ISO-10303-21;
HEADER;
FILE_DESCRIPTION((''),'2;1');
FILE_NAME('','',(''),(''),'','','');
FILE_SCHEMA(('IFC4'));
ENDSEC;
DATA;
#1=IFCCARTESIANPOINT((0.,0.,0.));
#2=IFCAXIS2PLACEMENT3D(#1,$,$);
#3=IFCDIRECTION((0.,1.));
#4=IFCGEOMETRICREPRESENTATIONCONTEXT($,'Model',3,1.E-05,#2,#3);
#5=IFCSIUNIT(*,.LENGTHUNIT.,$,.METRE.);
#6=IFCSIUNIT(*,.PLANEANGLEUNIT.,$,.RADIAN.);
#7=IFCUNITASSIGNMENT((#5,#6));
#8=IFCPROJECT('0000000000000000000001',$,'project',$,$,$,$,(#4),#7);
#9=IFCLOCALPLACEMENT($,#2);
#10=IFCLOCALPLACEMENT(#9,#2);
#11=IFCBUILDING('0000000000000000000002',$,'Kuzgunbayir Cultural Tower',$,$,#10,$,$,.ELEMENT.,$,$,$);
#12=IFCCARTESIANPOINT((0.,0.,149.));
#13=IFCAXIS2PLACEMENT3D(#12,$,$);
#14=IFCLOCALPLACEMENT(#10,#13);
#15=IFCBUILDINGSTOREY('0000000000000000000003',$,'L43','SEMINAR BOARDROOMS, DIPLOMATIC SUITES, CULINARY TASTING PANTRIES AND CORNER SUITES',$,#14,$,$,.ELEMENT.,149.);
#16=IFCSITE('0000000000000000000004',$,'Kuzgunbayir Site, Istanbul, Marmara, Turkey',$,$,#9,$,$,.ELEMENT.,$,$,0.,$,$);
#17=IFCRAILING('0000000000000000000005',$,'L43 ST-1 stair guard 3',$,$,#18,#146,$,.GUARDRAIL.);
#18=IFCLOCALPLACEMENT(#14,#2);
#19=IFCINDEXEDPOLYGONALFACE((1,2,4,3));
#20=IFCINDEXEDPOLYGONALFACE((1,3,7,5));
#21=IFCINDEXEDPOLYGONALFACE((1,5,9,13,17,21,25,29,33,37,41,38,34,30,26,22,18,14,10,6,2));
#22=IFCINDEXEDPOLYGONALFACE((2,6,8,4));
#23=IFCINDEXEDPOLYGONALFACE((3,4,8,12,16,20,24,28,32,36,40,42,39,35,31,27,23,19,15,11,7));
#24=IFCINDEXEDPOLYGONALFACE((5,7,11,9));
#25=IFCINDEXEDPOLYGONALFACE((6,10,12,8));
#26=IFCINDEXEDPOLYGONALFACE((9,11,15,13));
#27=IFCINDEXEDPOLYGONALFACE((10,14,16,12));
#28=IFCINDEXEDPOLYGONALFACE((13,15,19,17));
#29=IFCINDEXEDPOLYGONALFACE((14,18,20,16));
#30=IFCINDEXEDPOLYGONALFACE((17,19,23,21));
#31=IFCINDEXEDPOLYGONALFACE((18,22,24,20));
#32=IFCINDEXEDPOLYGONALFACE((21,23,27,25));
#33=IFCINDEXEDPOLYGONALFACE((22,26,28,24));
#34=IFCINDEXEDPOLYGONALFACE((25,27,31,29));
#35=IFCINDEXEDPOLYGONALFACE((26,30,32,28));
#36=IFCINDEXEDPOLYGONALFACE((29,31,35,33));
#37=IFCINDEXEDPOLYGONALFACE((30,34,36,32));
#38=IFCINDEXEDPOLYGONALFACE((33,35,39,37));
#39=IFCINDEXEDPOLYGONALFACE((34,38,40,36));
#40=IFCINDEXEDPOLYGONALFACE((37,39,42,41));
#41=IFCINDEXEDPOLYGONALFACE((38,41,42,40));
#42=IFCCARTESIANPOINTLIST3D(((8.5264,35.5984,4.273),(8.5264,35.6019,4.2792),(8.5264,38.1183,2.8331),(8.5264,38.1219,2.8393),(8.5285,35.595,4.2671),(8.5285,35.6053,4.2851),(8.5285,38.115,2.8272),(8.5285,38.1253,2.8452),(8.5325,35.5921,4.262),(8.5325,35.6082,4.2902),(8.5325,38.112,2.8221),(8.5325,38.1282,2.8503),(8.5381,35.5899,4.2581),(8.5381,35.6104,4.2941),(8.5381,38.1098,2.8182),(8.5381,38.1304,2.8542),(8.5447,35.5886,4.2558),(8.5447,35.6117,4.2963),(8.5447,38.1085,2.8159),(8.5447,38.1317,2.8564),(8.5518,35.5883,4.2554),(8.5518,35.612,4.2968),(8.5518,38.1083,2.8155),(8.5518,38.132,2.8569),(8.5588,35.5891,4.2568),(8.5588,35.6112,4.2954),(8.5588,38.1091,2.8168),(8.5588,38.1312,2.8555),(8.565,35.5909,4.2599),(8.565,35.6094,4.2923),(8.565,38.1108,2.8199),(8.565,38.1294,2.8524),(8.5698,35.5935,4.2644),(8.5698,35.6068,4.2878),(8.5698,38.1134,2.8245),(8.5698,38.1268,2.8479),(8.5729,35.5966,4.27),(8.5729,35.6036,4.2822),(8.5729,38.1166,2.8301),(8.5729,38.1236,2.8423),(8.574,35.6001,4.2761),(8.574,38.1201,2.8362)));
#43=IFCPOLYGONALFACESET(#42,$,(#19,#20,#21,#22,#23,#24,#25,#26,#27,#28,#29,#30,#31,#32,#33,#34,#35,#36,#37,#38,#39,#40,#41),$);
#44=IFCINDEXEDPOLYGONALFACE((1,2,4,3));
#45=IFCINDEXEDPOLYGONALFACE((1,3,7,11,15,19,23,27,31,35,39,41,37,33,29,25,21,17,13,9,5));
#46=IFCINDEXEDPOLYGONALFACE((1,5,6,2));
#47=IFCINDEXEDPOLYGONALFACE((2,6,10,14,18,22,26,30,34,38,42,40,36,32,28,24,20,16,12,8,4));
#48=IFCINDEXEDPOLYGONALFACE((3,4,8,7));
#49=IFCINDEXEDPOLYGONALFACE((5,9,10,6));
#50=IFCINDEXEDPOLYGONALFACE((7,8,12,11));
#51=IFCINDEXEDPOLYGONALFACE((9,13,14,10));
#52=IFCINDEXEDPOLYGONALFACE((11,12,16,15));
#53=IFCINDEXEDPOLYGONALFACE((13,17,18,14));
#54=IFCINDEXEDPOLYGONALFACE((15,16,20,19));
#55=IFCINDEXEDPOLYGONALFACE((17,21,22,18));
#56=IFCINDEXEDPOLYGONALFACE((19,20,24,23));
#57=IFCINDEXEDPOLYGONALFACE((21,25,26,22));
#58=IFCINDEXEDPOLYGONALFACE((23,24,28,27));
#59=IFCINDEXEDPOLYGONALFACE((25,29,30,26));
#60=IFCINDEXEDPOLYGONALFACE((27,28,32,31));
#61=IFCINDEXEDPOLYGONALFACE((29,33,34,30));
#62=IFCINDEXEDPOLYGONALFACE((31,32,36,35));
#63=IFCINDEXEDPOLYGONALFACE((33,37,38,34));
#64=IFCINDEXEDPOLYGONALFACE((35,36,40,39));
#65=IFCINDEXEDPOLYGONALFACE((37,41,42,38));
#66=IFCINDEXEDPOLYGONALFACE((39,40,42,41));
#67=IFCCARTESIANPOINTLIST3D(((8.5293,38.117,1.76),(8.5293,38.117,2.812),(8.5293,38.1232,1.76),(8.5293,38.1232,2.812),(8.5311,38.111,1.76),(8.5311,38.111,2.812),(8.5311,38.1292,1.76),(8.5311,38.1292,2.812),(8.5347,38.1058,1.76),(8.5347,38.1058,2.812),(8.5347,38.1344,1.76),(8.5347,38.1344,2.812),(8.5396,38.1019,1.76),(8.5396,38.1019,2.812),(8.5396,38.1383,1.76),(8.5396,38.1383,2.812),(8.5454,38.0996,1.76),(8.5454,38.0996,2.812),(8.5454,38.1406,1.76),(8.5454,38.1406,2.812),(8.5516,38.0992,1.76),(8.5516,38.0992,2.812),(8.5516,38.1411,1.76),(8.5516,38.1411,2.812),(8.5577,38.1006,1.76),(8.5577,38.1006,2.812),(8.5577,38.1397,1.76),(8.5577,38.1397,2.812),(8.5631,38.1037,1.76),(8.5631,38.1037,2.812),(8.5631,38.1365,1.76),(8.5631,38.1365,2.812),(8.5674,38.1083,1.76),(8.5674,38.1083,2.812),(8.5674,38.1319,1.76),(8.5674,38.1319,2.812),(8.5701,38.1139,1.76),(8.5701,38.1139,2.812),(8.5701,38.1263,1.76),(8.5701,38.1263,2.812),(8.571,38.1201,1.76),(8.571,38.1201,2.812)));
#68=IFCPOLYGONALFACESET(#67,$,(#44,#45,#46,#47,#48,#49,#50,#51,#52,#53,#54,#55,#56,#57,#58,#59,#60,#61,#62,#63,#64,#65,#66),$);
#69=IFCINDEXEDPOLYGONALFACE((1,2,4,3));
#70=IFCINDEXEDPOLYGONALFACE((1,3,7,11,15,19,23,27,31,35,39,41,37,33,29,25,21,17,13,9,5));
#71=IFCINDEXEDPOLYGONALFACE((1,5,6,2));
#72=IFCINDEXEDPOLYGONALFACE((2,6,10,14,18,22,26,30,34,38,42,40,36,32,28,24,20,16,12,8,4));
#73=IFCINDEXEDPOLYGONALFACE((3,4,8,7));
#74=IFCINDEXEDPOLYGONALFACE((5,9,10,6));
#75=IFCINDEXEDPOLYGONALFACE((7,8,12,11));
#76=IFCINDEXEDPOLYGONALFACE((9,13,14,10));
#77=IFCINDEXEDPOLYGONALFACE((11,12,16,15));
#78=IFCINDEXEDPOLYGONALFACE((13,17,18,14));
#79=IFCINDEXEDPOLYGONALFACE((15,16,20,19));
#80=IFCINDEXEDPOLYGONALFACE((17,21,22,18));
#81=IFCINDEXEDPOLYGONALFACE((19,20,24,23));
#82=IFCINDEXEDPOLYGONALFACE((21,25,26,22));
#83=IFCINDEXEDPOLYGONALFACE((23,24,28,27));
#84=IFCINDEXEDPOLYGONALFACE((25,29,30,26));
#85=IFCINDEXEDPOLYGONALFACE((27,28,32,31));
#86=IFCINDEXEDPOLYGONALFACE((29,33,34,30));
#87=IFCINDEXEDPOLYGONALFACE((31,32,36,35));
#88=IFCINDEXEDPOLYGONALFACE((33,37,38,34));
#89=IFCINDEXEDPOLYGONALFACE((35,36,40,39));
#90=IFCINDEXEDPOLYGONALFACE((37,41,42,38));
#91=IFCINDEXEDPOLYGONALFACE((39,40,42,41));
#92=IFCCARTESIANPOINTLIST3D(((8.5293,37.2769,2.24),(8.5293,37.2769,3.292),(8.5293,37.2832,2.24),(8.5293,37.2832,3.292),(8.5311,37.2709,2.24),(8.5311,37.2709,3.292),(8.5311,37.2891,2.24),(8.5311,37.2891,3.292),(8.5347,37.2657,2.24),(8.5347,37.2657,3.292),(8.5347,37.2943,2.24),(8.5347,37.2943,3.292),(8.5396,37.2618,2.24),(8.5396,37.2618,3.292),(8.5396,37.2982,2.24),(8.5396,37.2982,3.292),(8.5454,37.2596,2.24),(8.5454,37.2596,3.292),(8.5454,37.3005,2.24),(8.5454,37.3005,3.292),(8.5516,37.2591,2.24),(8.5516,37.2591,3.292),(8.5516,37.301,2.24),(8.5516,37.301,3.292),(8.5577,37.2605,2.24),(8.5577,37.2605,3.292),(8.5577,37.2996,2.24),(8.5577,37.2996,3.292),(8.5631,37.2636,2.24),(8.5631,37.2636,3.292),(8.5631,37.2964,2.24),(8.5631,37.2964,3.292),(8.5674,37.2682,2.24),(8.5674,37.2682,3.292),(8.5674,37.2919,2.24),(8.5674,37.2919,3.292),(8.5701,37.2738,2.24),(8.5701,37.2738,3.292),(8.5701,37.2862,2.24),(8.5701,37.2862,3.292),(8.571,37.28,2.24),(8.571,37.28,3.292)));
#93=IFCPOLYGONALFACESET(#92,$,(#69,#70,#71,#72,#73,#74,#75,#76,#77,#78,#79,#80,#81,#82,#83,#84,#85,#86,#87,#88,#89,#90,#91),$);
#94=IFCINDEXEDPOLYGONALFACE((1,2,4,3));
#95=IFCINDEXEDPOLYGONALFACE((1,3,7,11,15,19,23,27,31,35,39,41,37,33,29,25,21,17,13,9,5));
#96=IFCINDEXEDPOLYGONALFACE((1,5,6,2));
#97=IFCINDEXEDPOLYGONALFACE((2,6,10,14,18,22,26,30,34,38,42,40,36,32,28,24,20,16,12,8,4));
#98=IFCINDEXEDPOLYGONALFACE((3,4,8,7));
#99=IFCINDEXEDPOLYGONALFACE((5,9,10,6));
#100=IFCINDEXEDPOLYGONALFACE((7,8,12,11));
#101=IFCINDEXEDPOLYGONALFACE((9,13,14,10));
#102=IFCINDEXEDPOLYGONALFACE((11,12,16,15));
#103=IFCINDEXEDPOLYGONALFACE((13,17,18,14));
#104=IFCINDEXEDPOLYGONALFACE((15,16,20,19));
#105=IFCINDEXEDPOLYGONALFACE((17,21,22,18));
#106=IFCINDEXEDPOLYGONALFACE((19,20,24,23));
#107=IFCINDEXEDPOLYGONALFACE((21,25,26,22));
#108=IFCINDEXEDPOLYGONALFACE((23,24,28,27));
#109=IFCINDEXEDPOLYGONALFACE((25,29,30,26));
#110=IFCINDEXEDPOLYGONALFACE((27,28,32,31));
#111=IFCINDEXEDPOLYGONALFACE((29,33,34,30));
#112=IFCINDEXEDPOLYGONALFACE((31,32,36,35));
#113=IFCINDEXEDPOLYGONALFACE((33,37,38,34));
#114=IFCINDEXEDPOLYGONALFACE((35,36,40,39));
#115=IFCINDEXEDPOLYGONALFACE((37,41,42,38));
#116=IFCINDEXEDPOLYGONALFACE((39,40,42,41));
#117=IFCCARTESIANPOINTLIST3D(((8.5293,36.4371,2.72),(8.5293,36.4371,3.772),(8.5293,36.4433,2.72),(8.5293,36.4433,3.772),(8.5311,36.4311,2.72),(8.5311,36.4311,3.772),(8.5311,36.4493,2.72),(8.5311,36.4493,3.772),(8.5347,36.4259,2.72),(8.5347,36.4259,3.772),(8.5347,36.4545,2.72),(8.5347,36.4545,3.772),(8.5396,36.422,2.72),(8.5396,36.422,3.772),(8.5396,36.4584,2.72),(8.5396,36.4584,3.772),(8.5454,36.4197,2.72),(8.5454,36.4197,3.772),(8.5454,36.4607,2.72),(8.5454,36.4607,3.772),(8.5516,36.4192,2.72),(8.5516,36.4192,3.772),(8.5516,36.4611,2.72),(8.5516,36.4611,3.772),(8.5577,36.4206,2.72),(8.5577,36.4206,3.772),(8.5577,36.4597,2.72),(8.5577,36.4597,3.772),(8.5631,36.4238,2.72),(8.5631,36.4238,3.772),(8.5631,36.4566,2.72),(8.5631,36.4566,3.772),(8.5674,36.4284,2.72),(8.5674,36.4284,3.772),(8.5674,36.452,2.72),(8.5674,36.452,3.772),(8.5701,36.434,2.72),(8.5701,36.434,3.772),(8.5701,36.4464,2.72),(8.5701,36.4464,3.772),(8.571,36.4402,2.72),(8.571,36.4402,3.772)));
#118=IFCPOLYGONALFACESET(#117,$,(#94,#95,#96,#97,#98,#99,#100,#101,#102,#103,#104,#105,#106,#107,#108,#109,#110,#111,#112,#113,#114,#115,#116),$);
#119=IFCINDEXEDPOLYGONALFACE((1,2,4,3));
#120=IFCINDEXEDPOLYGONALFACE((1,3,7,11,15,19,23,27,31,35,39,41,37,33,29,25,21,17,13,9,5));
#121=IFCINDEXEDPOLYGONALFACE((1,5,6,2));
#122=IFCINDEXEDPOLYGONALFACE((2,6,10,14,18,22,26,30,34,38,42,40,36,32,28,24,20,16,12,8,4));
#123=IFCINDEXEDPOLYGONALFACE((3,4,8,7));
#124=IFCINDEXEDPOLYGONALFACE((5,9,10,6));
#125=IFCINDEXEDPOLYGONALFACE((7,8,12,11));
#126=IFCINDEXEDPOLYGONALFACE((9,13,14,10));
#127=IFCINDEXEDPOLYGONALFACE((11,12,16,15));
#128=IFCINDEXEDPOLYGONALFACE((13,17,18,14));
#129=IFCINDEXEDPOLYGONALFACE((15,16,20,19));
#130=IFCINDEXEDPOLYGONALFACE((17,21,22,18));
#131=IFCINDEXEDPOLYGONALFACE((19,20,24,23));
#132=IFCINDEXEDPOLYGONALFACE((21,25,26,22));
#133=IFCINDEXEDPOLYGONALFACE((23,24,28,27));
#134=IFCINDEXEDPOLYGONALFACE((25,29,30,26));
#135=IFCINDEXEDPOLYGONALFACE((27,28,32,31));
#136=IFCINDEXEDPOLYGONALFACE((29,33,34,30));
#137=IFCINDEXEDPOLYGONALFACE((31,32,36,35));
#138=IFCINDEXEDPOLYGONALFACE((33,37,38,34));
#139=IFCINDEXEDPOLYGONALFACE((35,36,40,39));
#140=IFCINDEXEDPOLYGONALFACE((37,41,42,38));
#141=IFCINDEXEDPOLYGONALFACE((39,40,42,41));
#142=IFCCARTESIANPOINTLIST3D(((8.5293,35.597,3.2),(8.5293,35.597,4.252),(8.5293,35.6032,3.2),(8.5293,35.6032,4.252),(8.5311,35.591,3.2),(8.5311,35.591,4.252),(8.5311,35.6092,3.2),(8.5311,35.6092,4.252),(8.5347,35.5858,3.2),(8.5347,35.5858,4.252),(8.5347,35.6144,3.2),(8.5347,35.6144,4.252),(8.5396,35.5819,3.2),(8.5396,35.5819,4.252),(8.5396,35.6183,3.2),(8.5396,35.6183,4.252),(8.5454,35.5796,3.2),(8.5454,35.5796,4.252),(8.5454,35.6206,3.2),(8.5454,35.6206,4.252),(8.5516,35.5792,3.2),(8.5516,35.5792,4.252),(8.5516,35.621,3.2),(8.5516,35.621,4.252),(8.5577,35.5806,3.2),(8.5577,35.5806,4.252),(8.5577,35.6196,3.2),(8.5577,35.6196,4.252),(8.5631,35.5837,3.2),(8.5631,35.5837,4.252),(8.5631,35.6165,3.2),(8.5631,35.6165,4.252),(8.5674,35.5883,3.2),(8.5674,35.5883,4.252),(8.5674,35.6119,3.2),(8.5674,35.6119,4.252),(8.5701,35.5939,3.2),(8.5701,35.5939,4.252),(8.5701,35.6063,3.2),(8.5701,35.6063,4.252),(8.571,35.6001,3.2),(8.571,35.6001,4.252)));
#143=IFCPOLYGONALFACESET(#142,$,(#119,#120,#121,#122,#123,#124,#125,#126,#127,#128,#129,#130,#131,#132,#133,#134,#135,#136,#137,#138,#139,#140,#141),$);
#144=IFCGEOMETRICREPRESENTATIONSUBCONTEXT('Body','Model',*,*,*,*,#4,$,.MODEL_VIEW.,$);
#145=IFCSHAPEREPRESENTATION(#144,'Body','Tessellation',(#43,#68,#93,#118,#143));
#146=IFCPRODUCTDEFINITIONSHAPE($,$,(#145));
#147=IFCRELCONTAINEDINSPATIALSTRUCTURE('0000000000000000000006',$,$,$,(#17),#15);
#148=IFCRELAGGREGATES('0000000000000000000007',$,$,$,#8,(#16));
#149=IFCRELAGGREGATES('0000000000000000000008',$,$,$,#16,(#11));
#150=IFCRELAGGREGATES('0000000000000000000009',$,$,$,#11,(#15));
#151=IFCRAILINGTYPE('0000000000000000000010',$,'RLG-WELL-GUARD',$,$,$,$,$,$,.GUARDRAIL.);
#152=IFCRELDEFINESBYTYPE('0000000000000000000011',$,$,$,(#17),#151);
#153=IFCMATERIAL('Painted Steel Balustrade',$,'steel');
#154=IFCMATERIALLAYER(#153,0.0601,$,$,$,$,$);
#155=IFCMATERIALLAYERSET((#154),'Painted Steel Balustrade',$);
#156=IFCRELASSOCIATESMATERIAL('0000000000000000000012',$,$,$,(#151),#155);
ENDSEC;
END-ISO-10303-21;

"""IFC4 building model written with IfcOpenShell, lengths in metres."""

from ifc_helpers import new_model, si_unit, direction, frame, origin, origin_2d, place, context, subcontext, project, spatial, circle, extrude, material, layer, layer_set, type_object, element, save


model = new_model("IFC4")

# Units and contexts
model_context = context("Model", 3, precision=1e-05, world=origin(), true_north=direction((0.0, 1.0)))
body_context = subcontext(model_context, "Body", "Model", "MODEL_VIEW")
ifc_project = project(units=[si_unit("LENGTHUNIT", "METRE"), si_unit("PLANEANGLEUNIT", "RADIAN")], contexts=[model_context])

# Site, building, storey
site_placement = place(None, origin())
site = spatial("IfcSite", under=ifc_project, at=site_placement, Name="Kuzgunbayir Site, Istanbul, Marmara, Turkey", CompositionType="ELEMENT", RefElevation=0.0)
building_placement = place(site_placement, origin())
building = spatial("IfcBuilding", under=site, at=building_placement, Name="Kuzgunbayir Cultural Tower", CompositionType="ELEMENT")
storey_placement = place(building_placement, frame((0.0, 0.0, 149.0)))
storey = spatial("IfcBuildingStorey", under=building, at=storey_placement, Name="L43", Description="SEMINAR BOARDROOMS, DIPLOMATIC SUITES, CULINARY TASTING PANTRIES AND CORNER SUITES", CompositionType="ELEMENT", Elevation=149.0)

# Railing
ifc_material_1 = material(Name="Painted Steel Balustrade", Category="steel")
ifc_layer_1 = layer(ifc_material_1, 0.0601)
ifc_layer_set_1 = layer_set([ifc_layer_1], Name="Painted Steel Balustrade")
railing_type_1 = type_object("IfcRailingType", Name="RLG-WELL-GUARD", PredefinedType="GUARDRAIL", material=ifc_layer_set_1)
railing_1_placement = place(storey_placement, frame((8.55, 38.1201, 1.76)))
element("IfcRailing", 1, at=railing_1_placement, inside=storey, type_object=railing_type_1, Name="L43 ST-1 stair guard 3", PredefinedType="GUARDRAIL", context=body_context, shape_type="SweptSolid", body=[
    extrude(circle(Radius=0.0239, at=origin_2d()), frame((0.0, 0.0, 1.0762), z_axis=(0.0, -0.868253, 0.496121), x_axis=(1.0, 0.0, 0.0)), (0.0, 0.0, 1.0), 2.9023),
    extrude(circle(Radius=0.021, at=origin_2d()), origin(), (0.0, 0.0, 1.0), 1.052),
    extrude(circle(Radius=0.021, at=origin_2d()), frame((0.0, -0.8401, 0.48)), (0.0, 0.0, 1.0), 1.052),
    extrude(circle(Radius=0.021, at=origin_2d()), frame((0.0, -1.6799, 0.96)), (0.0, 0.0, 1.0), 1.052),
    extrude(circle(Radius=0.021, at=origin_2d()), frame((0.0, -2.52, 1.4399)), (0.0, 0.0, 1.0), 1.052),
])

save(model, "model.ifc")
